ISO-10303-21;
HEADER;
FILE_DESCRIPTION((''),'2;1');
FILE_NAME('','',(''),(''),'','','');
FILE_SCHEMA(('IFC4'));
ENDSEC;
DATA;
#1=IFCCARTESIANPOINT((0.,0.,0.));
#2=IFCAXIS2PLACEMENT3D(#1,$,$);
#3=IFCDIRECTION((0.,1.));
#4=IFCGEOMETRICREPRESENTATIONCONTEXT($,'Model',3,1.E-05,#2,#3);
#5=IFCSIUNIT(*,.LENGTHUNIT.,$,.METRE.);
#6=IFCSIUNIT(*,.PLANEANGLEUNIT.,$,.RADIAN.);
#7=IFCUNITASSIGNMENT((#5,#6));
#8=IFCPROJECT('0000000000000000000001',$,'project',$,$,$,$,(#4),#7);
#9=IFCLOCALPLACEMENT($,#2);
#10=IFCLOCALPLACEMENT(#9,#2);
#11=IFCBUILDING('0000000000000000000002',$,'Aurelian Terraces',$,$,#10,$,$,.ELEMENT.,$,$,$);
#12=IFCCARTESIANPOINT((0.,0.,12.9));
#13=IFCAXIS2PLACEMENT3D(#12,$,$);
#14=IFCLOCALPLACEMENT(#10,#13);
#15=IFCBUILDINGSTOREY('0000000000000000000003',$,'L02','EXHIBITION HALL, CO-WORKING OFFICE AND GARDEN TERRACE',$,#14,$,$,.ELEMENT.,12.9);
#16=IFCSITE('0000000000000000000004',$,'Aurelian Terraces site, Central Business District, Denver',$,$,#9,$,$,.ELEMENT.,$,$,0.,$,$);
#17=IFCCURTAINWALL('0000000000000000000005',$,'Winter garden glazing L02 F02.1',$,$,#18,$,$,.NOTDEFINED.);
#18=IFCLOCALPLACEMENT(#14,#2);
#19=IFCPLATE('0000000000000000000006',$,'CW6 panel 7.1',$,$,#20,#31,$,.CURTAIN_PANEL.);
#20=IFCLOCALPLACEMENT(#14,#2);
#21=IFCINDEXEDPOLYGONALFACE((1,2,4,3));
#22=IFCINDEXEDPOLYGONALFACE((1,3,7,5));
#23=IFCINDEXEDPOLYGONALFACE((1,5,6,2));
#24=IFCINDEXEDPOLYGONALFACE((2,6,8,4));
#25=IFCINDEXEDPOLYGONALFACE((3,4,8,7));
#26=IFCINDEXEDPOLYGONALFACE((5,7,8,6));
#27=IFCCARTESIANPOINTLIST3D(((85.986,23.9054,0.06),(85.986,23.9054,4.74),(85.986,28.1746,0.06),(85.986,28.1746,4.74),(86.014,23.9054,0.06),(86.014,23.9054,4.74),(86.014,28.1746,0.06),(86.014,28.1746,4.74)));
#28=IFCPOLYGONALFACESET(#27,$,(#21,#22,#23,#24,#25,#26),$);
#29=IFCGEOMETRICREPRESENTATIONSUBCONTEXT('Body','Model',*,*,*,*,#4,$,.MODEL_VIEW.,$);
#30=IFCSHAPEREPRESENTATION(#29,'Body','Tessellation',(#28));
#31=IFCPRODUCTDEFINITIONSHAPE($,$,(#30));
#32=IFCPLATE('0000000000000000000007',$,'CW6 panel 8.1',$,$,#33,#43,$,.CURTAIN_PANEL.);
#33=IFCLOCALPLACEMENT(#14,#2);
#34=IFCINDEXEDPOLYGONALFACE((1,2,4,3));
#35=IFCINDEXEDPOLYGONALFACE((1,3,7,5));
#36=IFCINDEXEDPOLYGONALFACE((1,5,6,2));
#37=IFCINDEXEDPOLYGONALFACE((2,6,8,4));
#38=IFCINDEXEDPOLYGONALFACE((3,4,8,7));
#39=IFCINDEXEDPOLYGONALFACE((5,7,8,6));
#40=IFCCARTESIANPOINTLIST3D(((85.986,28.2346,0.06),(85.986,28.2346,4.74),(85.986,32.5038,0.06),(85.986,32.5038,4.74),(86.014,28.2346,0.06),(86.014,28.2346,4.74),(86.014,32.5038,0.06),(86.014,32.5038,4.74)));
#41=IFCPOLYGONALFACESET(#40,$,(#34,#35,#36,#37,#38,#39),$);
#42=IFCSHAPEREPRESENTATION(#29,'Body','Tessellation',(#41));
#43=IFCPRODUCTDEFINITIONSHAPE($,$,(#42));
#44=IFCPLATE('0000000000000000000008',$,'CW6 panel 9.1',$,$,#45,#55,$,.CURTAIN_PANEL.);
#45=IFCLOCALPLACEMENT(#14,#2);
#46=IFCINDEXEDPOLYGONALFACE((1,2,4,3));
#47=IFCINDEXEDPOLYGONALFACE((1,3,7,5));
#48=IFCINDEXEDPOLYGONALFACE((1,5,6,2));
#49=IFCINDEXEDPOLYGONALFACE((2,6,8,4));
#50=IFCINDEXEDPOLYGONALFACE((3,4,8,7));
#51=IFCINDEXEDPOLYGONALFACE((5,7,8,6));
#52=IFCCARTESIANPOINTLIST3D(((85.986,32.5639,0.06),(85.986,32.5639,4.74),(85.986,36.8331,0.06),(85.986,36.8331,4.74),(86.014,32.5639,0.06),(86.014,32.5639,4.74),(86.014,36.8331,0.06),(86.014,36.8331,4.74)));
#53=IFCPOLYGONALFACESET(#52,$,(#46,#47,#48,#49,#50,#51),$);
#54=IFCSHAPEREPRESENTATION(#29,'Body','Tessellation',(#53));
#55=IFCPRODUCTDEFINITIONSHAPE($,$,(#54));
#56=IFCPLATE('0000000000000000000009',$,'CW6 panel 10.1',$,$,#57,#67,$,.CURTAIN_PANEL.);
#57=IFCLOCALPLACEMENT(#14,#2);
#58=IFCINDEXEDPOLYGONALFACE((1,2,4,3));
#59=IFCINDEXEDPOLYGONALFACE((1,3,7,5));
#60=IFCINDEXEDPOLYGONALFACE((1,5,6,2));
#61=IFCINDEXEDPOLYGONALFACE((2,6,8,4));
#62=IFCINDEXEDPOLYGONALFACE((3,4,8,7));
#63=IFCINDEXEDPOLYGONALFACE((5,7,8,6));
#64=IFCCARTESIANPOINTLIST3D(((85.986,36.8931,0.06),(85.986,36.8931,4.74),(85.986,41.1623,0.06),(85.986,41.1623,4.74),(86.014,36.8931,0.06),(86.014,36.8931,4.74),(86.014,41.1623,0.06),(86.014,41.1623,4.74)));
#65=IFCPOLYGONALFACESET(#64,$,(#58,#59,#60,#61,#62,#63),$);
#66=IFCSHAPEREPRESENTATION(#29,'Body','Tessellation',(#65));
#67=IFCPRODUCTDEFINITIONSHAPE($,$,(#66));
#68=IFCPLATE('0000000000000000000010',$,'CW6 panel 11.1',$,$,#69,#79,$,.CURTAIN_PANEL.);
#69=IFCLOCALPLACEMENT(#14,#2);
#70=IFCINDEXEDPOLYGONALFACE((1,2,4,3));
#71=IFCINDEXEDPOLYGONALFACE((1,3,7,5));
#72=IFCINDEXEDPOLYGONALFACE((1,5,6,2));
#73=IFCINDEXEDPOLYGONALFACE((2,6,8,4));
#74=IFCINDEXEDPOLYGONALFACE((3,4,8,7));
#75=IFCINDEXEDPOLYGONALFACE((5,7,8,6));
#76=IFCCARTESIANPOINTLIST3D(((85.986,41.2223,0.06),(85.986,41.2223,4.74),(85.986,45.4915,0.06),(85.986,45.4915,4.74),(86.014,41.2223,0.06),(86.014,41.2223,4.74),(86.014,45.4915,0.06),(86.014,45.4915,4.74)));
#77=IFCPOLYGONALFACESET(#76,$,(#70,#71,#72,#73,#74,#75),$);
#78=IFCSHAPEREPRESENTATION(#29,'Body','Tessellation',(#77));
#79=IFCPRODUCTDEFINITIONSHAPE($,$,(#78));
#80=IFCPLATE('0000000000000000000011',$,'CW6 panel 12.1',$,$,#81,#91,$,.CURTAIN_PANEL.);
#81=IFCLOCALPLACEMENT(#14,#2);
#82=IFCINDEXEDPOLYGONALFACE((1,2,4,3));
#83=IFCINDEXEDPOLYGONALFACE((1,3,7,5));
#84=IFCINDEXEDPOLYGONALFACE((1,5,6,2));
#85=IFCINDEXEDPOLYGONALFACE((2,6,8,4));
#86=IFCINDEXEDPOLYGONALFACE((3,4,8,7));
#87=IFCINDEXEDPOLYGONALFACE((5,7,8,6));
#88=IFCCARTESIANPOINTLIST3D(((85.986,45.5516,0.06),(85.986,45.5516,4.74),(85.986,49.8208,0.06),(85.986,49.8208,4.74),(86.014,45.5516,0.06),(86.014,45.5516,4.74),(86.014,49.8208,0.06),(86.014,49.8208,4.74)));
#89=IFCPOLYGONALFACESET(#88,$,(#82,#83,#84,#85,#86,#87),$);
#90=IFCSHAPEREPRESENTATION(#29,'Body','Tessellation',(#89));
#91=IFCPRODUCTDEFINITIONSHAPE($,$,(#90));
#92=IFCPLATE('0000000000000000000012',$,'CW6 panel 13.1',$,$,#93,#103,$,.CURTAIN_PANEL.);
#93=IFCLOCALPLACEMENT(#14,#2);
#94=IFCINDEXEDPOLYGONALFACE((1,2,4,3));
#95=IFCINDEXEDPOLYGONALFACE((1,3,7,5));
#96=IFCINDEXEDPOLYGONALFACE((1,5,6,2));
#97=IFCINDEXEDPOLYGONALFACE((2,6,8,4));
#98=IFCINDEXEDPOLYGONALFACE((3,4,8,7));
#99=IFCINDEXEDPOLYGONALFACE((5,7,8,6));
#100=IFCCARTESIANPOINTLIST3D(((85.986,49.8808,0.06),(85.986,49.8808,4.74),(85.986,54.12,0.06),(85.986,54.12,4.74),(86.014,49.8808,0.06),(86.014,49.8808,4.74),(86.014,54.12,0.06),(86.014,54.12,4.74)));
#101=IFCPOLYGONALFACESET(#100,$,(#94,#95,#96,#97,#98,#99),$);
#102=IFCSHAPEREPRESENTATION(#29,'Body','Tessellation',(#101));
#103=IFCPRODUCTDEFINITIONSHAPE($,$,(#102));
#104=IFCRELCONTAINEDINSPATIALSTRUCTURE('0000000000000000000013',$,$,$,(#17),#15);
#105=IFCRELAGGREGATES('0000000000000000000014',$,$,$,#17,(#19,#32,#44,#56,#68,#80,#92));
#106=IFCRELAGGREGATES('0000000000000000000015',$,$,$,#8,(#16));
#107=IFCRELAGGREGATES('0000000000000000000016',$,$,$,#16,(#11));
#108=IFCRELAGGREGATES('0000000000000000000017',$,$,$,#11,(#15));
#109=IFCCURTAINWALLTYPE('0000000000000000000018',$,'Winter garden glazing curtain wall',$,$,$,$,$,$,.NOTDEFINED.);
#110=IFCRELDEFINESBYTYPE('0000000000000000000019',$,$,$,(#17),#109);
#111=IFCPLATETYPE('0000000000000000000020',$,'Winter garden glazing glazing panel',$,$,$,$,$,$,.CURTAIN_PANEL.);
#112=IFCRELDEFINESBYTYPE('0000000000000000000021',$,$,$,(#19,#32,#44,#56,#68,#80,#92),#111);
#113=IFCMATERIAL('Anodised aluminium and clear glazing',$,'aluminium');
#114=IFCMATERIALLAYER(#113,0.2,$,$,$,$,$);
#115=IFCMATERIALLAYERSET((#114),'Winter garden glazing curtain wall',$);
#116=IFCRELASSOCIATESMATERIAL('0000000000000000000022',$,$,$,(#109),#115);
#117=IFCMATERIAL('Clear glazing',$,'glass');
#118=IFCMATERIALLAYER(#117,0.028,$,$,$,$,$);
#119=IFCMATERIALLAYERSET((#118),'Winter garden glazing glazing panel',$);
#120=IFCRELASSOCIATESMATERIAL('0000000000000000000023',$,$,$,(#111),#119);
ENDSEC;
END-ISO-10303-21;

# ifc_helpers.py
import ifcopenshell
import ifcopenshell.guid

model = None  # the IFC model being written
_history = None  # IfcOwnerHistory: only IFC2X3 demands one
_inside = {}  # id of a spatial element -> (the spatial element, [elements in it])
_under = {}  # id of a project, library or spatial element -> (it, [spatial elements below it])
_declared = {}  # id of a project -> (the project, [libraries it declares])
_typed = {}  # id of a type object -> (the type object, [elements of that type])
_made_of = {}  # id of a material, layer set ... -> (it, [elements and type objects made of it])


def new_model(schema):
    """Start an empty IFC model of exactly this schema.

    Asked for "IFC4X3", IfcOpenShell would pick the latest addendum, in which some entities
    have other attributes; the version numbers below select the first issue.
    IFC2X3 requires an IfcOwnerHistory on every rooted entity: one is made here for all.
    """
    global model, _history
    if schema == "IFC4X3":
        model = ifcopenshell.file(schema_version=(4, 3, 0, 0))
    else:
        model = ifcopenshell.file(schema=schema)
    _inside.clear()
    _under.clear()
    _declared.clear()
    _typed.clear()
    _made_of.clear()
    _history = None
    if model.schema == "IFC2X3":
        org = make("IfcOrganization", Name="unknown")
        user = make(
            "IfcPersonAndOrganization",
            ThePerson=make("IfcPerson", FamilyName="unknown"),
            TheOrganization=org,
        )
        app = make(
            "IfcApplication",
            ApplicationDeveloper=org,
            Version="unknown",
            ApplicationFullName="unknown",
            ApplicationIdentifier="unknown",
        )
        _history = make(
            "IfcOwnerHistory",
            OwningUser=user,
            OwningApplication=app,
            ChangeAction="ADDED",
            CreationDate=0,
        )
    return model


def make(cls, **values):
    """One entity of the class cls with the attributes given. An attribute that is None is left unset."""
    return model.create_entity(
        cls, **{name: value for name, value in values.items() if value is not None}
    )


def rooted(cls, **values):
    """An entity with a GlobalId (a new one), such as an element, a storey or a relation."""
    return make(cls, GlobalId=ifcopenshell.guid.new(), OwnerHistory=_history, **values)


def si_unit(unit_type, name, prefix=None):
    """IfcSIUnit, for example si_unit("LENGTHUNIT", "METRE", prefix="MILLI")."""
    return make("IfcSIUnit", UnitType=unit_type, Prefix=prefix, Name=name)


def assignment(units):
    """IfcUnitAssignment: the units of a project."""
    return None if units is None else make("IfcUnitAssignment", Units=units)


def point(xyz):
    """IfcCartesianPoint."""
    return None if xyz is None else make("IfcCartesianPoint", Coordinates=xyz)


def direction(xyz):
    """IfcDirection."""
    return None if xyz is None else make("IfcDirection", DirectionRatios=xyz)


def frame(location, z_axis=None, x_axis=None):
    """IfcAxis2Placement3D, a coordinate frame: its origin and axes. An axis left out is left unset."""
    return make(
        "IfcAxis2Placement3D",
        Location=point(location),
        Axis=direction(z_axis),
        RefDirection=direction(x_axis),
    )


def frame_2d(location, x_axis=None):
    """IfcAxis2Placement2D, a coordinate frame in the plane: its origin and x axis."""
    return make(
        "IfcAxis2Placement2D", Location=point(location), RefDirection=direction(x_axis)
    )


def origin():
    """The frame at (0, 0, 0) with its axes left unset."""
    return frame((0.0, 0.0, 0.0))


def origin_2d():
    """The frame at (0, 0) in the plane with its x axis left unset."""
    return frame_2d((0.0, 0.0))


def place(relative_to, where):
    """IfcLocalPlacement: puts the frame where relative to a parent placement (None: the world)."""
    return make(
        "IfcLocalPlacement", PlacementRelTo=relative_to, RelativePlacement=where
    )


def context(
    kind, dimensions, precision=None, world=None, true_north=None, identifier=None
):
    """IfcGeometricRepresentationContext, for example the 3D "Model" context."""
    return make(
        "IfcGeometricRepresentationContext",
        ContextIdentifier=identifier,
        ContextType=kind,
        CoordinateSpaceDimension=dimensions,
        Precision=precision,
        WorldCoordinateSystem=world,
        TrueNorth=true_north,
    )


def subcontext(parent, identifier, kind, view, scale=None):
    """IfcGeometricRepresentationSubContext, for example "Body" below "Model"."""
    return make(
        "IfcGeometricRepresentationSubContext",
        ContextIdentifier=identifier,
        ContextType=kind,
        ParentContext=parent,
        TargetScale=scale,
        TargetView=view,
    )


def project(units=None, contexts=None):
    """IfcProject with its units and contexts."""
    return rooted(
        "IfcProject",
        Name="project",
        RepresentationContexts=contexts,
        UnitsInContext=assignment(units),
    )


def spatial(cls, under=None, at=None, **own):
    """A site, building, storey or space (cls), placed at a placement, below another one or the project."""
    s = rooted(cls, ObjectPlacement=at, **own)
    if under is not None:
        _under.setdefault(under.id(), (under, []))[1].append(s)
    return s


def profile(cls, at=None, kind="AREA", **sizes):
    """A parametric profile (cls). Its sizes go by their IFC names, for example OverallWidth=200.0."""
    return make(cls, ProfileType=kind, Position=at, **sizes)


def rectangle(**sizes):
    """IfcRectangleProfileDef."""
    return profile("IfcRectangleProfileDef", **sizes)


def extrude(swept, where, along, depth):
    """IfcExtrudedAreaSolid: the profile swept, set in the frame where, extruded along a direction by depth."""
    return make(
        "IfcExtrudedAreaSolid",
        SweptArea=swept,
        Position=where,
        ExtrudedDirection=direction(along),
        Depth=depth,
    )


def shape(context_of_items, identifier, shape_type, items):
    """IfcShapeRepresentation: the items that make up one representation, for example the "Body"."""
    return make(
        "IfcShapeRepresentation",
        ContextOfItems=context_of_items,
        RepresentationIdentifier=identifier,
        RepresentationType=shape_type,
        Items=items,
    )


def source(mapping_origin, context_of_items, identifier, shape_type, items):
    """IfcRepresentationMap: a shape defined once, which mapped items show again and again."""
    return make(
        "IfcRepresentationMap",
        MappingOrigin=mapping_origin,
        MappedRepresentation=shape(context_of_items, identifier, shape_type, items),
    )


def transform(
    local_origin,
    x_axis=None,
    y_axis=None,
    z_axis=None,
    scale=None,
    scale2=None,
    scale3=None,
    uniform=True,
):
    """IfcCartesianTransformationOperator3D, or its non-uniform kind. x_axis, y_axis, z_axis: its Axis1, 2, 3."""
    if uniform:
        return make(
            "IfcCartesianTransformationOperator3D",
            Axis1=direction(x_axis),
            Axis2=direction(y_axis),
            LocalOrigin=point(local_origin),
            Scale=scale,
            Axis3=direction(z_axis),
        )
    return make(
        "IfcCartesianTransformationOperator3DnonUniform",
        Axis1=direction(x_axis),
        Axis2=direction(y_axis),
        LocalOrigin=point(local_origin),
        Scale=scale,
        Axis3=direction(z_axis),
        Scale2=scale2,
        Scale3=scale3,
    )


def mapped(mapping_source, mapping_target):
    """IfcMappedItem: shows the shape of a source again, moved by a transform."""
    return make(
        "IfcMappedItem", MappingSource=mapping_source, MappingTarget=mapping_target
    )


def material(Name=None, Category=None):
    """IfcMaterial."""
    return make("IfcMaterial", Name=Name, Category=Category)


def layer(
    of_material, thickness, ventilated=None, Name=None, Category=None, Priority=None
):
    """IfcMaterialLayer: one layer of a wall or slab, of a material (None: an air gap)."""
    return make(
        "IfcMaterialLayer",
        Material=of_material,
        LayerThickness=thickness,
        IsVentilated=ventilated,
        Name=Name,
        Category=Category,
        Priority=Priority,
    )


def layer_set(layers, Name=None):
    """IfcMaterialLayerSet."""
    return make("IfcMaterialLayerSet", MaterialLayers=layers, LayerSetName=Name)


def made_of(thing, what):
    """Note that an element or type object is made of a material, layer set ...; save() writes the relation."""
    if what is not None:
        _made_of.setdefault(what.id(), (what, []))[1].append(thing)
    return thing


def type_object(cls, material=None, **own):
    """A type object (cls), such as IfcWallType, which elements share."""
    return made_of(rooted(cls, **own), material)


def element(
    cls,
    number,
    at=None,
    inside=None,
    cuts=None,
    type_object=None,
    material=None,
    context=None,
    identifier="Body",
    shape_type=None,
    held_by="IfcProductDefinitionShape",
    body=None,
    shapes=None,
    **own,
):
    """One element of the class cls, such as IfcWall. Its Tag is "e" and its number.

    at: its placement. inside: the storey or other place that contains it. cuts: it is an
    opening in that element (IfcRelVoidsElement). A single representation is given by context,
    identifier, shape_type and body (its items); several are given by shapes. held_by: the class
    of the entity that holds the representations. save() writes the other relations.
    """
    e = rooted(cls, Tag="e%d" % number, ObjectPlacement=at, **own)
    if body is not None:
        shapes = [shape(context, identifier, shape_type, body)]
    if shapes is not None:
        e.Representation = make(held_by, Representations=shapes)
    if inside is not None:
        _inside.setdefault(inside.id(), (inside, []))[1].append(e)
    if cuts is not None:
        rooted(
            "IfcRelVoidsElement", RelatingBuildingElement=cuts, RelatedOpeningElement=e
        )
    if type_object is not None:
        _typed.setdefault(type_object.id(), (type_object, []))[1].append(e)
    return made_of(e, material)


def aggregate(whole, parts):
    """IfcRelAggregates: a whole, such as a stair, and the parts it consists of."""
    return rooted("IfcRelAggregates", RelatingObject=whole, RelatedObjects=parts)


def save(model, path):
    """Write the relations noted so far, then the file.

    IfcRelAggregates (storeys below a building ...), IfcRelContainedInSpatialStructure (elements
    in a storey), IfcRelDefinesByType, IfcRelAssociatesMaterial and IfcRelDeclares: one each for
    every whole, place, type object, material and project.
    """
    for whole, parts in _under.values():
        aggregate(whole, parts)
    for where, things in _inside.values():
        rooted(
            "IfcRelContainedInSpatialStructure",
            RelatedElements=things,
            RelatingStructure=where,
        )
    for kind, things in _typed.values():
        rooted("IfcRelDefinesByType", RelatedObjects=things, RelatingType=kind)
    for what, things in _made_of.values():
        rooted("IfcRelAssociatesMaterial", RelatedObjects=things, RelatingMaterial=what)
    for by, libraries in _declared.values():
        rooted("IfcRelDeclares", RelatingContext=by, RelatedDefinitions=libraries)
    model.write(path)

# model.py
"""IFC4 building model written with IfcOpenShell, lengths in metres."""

from ifc_helpers import new_model, si_unit, direction, frame, origin, origin_2d, place, context, subcontext, project, spatial, rectangle, extrude, source, transform, mapped, material, layer, layer_set, type_object, element, aggregate, save


model = new_model("IFC4")

# Units and contexts
model_context = context("Model", 3, precision=1e-05, world=origin(), true_north=direction((0.0, 1.0)))
body_context = subcontext(model_context, "Body", "Model", "MODEL_VIEW")
ifc_project = project(units=[si_unit("LENGTHUNIT", "METRE"), si_unit("PLANEANGLEUNIT", "RADIAN")], contexts=[model_context])

# Site, building, storey
site_placement = place(None, origin())
site = spatial("IfcSite", under=ifc_project, at=site_placement, Name="Aurelian Terraces site, Central Business District, Denver", CompositionType="ELEMENT", RefElevation=0.0)
building_placement = place(site_placement, origin())
building = spatial("IfcBuilding", under=site, at=building_placement, Name="Aurelian Terraces", CompositionType="ELEMENT")
storey_placement = place(building_placement, frame((0.0, 0.0, 12.9)))
storey = spatial("IfcBuildingStorey", under=building, at=storey_placement, Name="L02", Description="EXHIBITION HALL, CO-WORKING OFFICE AND GARDEN TERRACE", CompositionType="ELEMENT", Elevation=12.9)

# Curtain wall, plates
ifc_material_1 = material(Name="Anodised aluminium and clear glazing", Category="aluminium")
ifc_layer_1 = layer(ifc_material_1, 0.2)
ifc_layer_set_1 = layer_set([ifc_layer_1], Name="Winter garden glazing curtain wall")
curtain_wall_type = type_object("IfcCurtainWallType", Name="Winter garden glazing curtain wall", PredefinedType="NOTDEFINED", material=ifc_layer_set_1)
curtain_wall_placement = place(storey_placement, origin())
curtain_wall = element("IfcCurtainWall", 1, at=curtain_wall_placement, inside=storey, type_object=curtain_wall_type, Name="Winter garden glazing L02 F02.1", PredefinedType="NOTDEFINED")
ifc_material_2 = material(Name="Clear glazing", Category="glass")
ifc_layer_2 = layer(ifc_material_2, 0.028)
ifc_layer_set_2 = layer_set([ifc_layer_2], Name="Winter garden glazing glazing panel")
plate_type = type_object("IfcPlateType", Name="Winter garden glazing glazing panel", PredefinedType="CURTAIN_PANEL", material=ifc_layer_set_2)
shared_shape_1 = source(origin(), body_context, "Body", "SweptSolid", [
    extrude(rectangle(XDim=4.2692, YDim=0.028, at=origin_2d()), origin(), (0.0, 0.0, 1.0), 4.68),
])
plate_1_placement = place(storey_placement, frame((86.0, 26.04, 0.06), z_axis=(0.0, 0.0, 1.0), x_axis=(0.0, 1.0, 0.0)))
plate_1 = element("IfcPlate", 2, at=plate_1_placement, type_object=plate_type, Name="CW6 panel 7.1", PredefinedType="CURTAIN_PANEL", context=body_context, shape_type="MappedRepresentation", body=[
    mapped(shared_shape_1, transform((0.0, 0.0, 0.0), scale=1.0)),
])
plate_2_placement = place(storey_placement, frame((86.0, 30.3692, 0.06), z_axis=(0.0, 0.0, 1.0), x_axis=(0.0, 1.0, 0.0)))
plate_2 = element("IfcPlate", 3, at=plate_2_placement, type_object=plate_type, Name="CW6 panel 8.1", PredefinedType="CURTAIN_PANEL", context=body_context, shape_type="MappedRepresentation", body=[
    mapped(shared_shape_1, transform((0.0, 0.0, 0.0), scale=1.0)),
])
plate_3_placement = place(storey_placement, frame((86.0, 34.6985, 0.06), z_axis=(0.0, 0.0, 1.0), x_axis=(0.0, 1.0, 0.0)))
plate_3 = element("IfcPlate", 4, at=plate_3_placement, type_object=plate_type, Name="CW6 panel 9.1", PredefinedType="CURTAIN_PANEL", context=body_context, shape_type="MappedRepresentation", body=[
    mapped(shared_shape_1, transform((0.0, 0.0, 0.0), scale=1.0)),
])
plate_4_placement = place(storey_placement, frame((86.0, 39.0277, 0.06), z_axis=(0.0, 0.0, 1.0), x_axis=(0.0, 1.0, 0.0)))
plate_4 = element("IfcPlate", 5, at=plate_4_placement, type_object=plate_type, Name="CW6 panel 10.1", PredefinedType="CURTAIN_PANEL", context=body_context, shape_type="MappedRepresentation", body=[
    mapped(shared_shape_1, transform((0.0, 0.0, 0.0), scale=1.0)),
])
plate_5_placement = place(storey_placement, frame((86.0, 43.3569, 0.06), z_axis=(0.0, 0.0, 1.0), x_axis=(0.0, 1.0, 0.0)))
plate_5 = element("IfcPlate", 6, at=plate_5_placement, type_object=plate_type, Name="CW6 panel 11.1", PredefinedType="CURTAIN_PANEL", context=body_context, shape_type="MappedRepresentation", body=[
    mapped(shared_shape_1, transform((0.0, 0.0, 0.0), scale=1.0)),
])
plate_6_placement = place(storey_placement, frame((86.0, 47.6862, 0.06), z_axis=(0.0, 0.0, 1.0), x_axis=(0.0, 1.0, 0.0)))
plate_6 = element("IfcPlate", 7, at=plate_6_placement, type_object=plate_type, Name="CW6 panel 12.1", PredefinedType="CURTAIN_PANEL", context=body_context, shape_type="MappedRepresentation", body=[
    mapped(shared_shape_1, transform((0.0, 0.0, 0.0), scale=1.0)),
])
shared_shape_2 = source(origin(), body_context, "Body", "SweptSolid", [
    extrude(rectangle(XDim=4.2392, YDim=0.028, at=origin_2d()), origin(), (0.0, 0.0, 1.0), 4.68),
])
plate_7_placement = place(storey_placement, frame((86.0, 52.0004, 0.06), z_axis=(0.0, 0.0, 1.0), x_axis=(0.0, 1.0, 0.0)))
plate_7 = element("IfcPlate", 8, at=plate_7_placement, type_object=plate_type, Name="CW6 panel 13.1", PredefinedType="CURTAIN_PANEL", context=body_context, shape_type="MappedRepresentation", body=[
    mapped(shared_shape_2, transform((0.0, 0.0, 0.0), scale=1.0)),
])
aggregate(curtain_wall, [plate_1, plate_2, plate_3, plate_4, plate_5, plate_6, plate_7])

save(model, "model.ifc")
